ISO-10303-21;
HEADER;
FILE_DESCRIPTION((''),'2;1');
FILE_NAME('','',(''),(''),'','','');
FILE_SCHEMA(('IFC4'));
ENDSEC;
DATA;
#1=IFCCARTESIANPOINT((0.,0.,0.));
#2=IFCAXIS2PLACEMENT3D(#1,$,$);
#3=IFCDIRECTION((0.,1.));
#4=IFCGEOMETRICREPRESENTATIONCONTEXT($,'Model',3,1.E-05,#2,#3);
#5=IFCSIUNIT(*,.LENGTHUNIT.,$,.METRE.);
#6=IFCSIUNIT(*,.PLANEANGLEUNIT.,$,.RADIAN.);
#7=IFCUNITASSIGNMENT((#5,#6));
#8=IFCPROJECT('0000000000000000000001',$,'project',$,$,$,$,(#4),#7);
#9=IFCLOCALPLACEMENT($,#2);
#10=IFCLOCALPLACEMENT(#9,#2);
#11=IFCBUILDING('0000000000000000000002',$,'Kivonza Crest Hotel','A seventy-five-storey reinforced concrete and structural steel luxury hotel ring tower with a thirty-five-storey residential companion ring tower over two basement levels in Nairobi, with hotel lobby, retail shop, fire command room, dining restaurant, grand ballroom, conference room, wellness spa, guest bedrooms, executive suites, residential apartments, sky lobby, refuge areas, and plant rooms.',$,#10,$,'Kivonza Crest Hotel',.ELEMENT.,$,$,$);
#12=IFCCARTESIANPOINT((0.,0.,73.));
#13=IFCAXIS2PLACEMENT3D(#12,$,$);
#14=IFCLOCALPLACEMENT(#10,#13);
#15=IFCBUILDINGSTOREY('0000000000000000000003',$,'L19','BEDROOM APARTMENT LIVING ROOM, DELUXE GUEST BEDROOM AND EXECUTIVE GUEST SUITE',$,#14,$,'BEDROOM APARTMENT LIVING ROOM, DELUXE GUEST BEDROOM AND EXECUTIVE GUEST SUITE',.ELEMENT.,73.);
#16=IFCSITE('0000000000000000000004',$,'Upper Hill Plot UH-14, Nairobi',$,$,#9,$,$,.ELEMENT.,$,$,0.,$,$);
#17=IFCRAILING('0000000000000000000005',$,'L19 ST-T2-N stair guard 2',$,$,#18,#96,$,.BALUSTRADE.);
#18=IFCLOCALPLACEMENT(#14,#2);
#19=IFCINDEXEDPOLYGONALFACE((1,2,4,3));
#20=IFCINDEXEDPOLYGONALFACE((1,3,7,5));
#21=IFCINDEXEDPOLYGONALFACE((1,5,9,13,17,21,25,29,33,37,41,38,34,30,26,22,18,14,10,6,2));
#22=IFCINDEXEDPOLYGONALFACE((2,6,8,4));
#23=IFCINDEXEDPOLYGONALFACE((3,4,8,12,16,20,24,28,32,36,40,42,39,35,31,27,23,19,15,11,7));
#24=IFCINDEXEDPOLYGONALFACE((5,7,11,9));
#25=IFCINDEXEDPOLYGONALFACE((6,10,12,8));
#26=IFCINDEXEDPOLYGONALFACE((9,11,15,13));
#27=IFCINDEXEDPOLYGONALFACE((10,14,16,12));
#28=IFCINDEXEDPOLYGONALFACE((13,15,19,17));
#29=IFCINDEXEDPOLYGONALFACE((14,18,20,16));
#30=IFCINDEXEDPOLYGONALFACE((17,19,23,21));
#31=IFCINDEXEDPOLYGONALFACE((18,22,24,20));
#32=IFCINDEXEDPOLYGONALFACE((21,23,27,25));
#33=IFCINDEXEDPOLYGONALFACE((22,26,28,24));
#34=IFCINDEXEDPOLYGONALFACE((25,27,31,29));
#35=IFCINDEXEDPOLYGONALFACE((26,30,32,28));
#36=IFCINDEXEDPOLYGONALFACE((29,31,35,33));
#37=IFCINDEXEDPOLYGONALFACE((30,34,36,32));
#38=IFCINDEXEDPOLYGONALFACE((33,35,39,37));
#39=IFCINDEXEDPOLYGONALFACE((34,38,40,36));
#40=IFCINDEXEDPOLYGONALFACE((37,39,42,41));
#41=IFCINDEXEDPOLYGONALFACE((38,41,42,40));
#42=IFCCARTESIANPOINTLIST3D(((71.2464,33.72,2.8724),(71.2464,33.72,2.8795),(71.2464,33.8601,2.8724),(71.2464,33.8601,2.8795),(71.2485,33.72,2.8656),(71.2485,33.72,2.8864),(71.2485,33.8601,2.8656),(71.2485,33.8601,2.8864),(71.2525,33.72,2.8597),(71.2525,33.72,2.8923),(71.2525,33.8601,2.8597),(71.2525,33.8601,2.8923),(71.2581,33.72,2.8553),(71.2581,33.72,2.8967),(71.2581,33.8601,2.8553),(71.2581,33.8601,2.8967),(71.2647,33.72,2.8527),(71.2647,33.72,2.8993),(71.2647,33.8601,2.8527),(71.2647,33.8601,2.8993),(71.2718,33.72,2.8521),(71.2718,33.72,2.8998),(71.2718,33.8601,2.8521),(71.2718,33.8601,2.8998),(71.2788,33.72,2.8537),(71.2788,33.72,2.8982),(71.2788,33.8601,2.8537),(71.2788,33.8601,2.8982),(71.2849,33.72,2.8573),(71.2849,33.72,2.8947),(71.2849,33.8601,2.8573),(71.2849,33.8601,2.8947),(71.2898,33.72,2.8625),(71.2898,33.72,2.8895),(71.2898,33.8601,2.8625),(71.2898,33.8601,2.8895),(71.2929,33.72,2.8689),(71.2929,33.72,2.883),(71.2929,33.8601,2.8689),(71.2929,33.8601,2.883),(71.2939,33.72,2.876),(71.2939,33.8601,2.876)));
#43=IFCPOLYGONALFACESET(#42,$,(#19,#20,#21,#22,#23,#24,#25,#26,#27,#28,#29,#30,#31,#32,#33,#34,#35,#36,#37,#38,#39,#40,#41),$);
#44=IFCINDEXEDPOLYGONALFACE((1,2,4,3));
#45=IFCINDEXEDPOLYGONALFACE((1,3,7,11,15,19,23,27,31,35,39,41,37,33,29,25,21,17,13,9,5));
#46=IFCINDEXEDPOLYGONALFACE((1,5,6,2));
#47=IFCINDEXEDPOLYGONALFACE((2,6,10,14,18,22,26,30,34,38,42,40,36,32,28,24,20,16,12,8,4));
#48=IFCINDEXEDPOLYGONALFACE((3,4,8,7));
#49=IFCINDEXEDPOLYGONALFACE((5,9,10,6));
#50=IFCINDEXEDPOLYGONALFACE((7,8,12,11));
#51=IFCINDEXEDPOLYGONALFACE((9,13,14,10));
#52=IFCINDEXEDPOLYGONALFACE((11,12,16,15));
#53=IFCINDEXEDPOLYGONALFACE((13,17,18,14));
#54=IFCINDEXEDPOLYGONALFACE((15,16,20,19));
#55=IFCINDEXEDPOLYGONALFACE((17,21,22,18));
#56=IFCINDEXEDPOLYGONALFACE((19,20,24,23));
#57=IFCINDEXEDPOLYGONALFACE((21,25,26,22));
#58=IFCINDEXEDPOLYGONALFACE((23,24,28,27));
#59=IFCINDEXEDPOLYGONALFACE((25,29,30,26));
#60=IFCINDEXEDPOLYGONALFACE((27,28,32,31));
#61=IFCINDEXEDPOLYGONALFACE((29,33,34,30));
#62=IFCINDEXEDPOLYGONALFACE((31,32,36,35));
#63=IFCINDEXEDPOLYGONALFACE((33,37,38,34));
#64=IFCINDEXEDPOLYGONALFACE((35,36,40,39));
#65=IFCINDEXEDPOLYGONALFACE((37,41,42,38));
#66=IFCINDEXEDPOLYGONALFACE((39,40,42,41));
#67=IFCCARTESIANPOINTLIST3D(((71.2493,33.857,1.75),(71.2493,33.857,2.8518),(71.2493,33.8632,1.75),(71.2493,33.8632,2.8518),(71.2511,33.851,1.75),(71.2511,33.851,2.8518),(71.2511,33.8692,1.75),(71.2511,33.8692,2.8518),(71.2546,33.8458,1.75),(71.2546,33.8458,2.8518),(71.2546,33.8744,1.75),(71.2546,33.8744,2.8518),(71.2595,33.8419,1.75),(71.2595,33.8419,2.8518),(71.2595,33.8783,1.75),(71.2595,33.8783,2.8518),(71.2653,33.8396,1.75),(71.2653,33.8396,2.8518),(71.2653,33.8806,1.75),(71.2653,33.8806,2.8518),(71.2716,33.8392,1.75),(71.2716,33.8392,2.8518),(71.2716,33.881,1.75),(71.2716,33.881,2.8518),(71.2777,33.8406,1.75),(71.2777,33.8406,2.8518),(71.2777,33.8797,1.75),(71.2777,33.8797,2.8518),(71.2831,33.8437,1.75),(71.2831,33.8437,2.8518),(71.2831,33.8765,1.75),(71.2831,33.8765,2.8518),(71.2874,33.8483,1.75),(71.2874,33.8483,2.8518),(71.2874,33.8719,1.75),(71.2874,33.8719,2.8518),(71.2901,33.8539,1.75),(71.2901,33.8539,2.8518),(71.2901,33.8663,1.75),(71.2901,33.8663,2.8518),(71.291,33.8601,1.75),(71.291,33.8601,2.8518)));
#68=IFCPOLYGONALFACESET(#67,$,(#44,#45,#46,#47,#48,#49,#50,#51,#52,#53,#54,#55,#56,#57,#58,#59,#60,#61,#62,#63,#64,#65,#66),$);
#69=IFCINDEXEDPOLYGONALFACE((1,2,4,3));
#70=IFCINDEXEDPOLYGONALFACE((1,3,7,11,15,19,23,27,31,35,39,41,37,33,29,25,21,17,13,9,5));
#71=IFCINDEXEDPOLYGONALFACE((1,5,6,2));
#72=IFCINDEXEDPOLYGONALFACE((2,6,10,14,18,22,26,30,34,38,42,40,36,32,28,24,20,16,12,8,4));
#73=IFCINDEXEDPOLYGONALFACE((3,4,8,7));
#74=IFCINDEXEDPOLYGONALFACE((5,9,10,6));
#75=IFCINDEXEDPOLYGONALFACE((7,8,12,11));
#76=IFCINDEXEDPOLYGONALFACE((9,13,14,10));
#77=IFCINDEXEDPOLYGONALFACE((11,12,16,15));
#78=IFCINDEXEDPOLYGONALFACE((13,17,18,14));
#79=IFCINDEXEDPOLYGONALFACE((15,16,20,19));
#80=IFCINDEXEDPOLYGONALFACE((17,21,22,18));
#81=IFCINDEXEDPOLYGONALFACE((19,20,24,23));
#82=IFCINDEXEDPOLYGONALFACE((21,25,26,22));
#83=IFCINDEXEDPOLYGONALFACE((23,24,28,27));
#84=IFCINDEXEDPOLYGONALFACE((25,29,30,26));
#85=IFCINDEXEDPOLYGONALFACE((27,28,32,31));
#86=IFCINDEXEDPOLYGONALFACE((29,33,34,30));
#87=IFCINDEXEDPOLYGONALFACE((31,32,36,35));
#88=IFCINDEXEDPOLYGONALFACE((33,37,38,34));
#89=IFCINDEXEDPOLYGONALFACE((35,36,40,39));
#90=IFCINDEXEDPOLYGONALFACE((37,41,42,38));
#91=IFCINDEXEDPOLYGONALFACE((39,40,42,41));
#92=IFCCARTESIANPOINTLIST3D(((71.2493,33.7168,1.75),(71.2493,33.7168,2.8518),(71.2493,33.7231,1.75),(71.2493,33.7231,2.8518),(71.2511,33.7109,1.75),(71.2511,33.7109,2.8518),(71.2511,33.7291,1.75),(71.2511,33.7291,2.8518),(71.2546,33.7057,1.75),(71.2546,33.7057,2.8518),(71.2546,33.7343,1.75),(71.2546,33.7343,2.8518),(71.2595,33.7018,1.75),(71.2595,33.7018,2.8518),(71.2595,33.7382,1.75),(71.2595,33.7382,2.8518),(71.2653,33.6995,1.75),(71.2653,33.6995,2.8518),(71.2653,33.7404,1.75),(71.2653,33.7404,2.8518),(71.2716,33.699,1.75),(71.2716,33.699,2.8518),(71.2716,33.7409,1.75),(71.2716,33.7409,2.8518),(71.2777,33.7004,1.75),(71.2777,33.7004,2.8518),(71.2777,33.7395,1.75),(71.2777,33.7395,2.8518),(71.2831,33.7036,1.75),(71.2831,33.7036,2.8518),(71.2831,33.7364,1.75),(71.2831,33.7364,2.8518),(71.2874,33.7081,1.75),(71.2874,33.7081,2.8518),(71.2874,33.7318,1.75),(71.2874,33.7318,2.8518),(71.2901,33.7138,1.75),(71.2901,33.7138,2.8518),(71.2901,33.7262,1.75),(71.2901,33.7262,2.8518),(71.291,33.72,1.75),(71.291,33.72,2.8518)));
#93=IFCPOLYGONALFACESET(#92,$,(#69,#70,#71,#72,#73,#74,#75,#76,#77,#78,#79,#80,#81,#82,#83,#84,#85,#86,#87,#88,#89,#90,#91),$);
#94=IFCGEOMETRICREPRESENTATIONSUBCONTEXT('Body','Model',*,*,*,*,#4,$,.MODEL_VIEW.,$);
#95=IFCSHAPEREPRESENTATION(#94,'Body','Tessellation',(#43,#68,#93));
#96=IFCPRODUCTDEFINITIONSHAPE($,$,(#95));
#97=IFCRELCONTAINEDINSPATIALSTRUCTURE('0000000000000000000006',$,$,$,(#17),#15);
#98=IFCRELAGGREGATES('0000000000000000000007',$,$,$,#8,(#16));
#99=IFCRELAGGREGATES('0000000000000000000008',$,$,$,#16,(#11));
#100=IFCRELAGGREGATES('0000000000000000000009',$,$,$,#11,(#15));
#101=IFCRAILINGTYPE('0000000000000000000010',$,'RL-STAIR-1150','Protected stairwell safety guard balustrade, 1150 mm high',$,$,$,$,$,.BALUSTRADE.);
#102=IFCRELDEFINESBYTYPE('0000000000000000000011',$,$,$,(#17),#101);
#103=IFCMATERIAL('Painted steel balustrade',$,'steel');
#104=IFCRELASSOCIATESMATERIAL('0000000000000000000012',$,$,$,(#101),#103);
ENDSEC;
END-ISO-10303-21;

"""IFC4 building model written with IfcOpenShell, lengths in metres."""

from ifc_helpers import new_model, si_unit, direction, frame, origin, origin_2d, place, context, subcontext, project, spatial, circle, extrude, material, type_object, element, save


model = new_model("IFC4")

# Units and contexts
model_context = context("Model", 3, precision=1e-05, world=origin(), true_north=direction((0.0, 1.0)))
body_context = subcontext(model_context, "Body", "Model", "MODEL_VIEW")
ifc_project = project(units=[si_unit("LENGTHUNIT", "METRE"), si_unit("PLANEANGLEUNIT", "RADIAN")], contexts=[model_context])

# Site, building, storey
site_placement = place(None, origin())
site = spatial("IfcSite", under=ifc_project, at=site_placement, Name="Upper Hill Plot UH-14, Nairobi", CompositionType="ELEMENT", RefElevation=0.0)
building_placement = place(site_placement, origin())
building = spatial("IfcBuilding", under=site, at=building_placement, Name="Kivonza Crest Hotel", Description="A seventy-five-storey reinforced concrete and structural steel luxury hotel ring tower with a thirty-five-storey residential companion ring tower over two basement levels in Nairobi, with hotel lobby, retail shop, fire command room, dining restaurant, grand ballroom, conference room, wellness spa, guest bedrooms, executive suites, residential apartments, sky lobby, refuge areas, and plant rooms.", LongName="Kivonza Crest Hotel", CompositionType="ELEMENT")
storey_placement = place(building_placement, frame((0.0, 0.0, 73.0)))
storey = spatial("IfcBuildingStorey", under=building, at=storey_placement, Name="L19", Description="BEDROOM APARTMENT LIVING ROOM, DELUXE GUEST BEDROOM AND EXECUTIVE GUEST SUITE", LongName="BEDROOM APARTMENT LIVING ROOM, DELUXE GUEST BEDROOM AND EXECUTIVE GUEST SUITE", CompositionType="ELEMENT", Elevation=73.0)

# Railing
ifc_material_1 = material(Name="Painted steel balustrade", Category="steel")
railing_type_1 = type_object("IfcRailingType", Name="RL-STAIR-1150", Description="Protected stairwell safety guard balustrade, 1150 mm high", PredefinedType="BALUSTRADE", material=ifc_material_1)
railing_1_placement = place(storey_placement, frame((71.27, 33.8601, 1.75)))
element("IfcRailing", 1, at=railing_1_placement, inside=storey, type_object=railing_type_1, Name="L19 ST-T2-N stair guard 2", PredefinedType="BALUSTRADE", context=body_context, shape_type="SweptSolid", body=[
    extrude(circle(Radius=0.0239, at=origin_2d()), frame((0.0, 0.0, 1.126), z_axis=(0.0, -1.0, 0.0), x_axis=(1.0, 0.0, 0.0)), (0.0, 0.0, 1.0), 0.1401),
    extrude(circle(Radius=0.021, at=origin_2d()), origin(), (0.0, 0.0, 1.0), 1.1018),
    extrude(circle(Radius=0.021, at=origin_2d()), frame((0.0, -0.1401, 0.0)), (0.0, 0.0, 1.0), 1.1018),
])

save(model, "model.ifc")
